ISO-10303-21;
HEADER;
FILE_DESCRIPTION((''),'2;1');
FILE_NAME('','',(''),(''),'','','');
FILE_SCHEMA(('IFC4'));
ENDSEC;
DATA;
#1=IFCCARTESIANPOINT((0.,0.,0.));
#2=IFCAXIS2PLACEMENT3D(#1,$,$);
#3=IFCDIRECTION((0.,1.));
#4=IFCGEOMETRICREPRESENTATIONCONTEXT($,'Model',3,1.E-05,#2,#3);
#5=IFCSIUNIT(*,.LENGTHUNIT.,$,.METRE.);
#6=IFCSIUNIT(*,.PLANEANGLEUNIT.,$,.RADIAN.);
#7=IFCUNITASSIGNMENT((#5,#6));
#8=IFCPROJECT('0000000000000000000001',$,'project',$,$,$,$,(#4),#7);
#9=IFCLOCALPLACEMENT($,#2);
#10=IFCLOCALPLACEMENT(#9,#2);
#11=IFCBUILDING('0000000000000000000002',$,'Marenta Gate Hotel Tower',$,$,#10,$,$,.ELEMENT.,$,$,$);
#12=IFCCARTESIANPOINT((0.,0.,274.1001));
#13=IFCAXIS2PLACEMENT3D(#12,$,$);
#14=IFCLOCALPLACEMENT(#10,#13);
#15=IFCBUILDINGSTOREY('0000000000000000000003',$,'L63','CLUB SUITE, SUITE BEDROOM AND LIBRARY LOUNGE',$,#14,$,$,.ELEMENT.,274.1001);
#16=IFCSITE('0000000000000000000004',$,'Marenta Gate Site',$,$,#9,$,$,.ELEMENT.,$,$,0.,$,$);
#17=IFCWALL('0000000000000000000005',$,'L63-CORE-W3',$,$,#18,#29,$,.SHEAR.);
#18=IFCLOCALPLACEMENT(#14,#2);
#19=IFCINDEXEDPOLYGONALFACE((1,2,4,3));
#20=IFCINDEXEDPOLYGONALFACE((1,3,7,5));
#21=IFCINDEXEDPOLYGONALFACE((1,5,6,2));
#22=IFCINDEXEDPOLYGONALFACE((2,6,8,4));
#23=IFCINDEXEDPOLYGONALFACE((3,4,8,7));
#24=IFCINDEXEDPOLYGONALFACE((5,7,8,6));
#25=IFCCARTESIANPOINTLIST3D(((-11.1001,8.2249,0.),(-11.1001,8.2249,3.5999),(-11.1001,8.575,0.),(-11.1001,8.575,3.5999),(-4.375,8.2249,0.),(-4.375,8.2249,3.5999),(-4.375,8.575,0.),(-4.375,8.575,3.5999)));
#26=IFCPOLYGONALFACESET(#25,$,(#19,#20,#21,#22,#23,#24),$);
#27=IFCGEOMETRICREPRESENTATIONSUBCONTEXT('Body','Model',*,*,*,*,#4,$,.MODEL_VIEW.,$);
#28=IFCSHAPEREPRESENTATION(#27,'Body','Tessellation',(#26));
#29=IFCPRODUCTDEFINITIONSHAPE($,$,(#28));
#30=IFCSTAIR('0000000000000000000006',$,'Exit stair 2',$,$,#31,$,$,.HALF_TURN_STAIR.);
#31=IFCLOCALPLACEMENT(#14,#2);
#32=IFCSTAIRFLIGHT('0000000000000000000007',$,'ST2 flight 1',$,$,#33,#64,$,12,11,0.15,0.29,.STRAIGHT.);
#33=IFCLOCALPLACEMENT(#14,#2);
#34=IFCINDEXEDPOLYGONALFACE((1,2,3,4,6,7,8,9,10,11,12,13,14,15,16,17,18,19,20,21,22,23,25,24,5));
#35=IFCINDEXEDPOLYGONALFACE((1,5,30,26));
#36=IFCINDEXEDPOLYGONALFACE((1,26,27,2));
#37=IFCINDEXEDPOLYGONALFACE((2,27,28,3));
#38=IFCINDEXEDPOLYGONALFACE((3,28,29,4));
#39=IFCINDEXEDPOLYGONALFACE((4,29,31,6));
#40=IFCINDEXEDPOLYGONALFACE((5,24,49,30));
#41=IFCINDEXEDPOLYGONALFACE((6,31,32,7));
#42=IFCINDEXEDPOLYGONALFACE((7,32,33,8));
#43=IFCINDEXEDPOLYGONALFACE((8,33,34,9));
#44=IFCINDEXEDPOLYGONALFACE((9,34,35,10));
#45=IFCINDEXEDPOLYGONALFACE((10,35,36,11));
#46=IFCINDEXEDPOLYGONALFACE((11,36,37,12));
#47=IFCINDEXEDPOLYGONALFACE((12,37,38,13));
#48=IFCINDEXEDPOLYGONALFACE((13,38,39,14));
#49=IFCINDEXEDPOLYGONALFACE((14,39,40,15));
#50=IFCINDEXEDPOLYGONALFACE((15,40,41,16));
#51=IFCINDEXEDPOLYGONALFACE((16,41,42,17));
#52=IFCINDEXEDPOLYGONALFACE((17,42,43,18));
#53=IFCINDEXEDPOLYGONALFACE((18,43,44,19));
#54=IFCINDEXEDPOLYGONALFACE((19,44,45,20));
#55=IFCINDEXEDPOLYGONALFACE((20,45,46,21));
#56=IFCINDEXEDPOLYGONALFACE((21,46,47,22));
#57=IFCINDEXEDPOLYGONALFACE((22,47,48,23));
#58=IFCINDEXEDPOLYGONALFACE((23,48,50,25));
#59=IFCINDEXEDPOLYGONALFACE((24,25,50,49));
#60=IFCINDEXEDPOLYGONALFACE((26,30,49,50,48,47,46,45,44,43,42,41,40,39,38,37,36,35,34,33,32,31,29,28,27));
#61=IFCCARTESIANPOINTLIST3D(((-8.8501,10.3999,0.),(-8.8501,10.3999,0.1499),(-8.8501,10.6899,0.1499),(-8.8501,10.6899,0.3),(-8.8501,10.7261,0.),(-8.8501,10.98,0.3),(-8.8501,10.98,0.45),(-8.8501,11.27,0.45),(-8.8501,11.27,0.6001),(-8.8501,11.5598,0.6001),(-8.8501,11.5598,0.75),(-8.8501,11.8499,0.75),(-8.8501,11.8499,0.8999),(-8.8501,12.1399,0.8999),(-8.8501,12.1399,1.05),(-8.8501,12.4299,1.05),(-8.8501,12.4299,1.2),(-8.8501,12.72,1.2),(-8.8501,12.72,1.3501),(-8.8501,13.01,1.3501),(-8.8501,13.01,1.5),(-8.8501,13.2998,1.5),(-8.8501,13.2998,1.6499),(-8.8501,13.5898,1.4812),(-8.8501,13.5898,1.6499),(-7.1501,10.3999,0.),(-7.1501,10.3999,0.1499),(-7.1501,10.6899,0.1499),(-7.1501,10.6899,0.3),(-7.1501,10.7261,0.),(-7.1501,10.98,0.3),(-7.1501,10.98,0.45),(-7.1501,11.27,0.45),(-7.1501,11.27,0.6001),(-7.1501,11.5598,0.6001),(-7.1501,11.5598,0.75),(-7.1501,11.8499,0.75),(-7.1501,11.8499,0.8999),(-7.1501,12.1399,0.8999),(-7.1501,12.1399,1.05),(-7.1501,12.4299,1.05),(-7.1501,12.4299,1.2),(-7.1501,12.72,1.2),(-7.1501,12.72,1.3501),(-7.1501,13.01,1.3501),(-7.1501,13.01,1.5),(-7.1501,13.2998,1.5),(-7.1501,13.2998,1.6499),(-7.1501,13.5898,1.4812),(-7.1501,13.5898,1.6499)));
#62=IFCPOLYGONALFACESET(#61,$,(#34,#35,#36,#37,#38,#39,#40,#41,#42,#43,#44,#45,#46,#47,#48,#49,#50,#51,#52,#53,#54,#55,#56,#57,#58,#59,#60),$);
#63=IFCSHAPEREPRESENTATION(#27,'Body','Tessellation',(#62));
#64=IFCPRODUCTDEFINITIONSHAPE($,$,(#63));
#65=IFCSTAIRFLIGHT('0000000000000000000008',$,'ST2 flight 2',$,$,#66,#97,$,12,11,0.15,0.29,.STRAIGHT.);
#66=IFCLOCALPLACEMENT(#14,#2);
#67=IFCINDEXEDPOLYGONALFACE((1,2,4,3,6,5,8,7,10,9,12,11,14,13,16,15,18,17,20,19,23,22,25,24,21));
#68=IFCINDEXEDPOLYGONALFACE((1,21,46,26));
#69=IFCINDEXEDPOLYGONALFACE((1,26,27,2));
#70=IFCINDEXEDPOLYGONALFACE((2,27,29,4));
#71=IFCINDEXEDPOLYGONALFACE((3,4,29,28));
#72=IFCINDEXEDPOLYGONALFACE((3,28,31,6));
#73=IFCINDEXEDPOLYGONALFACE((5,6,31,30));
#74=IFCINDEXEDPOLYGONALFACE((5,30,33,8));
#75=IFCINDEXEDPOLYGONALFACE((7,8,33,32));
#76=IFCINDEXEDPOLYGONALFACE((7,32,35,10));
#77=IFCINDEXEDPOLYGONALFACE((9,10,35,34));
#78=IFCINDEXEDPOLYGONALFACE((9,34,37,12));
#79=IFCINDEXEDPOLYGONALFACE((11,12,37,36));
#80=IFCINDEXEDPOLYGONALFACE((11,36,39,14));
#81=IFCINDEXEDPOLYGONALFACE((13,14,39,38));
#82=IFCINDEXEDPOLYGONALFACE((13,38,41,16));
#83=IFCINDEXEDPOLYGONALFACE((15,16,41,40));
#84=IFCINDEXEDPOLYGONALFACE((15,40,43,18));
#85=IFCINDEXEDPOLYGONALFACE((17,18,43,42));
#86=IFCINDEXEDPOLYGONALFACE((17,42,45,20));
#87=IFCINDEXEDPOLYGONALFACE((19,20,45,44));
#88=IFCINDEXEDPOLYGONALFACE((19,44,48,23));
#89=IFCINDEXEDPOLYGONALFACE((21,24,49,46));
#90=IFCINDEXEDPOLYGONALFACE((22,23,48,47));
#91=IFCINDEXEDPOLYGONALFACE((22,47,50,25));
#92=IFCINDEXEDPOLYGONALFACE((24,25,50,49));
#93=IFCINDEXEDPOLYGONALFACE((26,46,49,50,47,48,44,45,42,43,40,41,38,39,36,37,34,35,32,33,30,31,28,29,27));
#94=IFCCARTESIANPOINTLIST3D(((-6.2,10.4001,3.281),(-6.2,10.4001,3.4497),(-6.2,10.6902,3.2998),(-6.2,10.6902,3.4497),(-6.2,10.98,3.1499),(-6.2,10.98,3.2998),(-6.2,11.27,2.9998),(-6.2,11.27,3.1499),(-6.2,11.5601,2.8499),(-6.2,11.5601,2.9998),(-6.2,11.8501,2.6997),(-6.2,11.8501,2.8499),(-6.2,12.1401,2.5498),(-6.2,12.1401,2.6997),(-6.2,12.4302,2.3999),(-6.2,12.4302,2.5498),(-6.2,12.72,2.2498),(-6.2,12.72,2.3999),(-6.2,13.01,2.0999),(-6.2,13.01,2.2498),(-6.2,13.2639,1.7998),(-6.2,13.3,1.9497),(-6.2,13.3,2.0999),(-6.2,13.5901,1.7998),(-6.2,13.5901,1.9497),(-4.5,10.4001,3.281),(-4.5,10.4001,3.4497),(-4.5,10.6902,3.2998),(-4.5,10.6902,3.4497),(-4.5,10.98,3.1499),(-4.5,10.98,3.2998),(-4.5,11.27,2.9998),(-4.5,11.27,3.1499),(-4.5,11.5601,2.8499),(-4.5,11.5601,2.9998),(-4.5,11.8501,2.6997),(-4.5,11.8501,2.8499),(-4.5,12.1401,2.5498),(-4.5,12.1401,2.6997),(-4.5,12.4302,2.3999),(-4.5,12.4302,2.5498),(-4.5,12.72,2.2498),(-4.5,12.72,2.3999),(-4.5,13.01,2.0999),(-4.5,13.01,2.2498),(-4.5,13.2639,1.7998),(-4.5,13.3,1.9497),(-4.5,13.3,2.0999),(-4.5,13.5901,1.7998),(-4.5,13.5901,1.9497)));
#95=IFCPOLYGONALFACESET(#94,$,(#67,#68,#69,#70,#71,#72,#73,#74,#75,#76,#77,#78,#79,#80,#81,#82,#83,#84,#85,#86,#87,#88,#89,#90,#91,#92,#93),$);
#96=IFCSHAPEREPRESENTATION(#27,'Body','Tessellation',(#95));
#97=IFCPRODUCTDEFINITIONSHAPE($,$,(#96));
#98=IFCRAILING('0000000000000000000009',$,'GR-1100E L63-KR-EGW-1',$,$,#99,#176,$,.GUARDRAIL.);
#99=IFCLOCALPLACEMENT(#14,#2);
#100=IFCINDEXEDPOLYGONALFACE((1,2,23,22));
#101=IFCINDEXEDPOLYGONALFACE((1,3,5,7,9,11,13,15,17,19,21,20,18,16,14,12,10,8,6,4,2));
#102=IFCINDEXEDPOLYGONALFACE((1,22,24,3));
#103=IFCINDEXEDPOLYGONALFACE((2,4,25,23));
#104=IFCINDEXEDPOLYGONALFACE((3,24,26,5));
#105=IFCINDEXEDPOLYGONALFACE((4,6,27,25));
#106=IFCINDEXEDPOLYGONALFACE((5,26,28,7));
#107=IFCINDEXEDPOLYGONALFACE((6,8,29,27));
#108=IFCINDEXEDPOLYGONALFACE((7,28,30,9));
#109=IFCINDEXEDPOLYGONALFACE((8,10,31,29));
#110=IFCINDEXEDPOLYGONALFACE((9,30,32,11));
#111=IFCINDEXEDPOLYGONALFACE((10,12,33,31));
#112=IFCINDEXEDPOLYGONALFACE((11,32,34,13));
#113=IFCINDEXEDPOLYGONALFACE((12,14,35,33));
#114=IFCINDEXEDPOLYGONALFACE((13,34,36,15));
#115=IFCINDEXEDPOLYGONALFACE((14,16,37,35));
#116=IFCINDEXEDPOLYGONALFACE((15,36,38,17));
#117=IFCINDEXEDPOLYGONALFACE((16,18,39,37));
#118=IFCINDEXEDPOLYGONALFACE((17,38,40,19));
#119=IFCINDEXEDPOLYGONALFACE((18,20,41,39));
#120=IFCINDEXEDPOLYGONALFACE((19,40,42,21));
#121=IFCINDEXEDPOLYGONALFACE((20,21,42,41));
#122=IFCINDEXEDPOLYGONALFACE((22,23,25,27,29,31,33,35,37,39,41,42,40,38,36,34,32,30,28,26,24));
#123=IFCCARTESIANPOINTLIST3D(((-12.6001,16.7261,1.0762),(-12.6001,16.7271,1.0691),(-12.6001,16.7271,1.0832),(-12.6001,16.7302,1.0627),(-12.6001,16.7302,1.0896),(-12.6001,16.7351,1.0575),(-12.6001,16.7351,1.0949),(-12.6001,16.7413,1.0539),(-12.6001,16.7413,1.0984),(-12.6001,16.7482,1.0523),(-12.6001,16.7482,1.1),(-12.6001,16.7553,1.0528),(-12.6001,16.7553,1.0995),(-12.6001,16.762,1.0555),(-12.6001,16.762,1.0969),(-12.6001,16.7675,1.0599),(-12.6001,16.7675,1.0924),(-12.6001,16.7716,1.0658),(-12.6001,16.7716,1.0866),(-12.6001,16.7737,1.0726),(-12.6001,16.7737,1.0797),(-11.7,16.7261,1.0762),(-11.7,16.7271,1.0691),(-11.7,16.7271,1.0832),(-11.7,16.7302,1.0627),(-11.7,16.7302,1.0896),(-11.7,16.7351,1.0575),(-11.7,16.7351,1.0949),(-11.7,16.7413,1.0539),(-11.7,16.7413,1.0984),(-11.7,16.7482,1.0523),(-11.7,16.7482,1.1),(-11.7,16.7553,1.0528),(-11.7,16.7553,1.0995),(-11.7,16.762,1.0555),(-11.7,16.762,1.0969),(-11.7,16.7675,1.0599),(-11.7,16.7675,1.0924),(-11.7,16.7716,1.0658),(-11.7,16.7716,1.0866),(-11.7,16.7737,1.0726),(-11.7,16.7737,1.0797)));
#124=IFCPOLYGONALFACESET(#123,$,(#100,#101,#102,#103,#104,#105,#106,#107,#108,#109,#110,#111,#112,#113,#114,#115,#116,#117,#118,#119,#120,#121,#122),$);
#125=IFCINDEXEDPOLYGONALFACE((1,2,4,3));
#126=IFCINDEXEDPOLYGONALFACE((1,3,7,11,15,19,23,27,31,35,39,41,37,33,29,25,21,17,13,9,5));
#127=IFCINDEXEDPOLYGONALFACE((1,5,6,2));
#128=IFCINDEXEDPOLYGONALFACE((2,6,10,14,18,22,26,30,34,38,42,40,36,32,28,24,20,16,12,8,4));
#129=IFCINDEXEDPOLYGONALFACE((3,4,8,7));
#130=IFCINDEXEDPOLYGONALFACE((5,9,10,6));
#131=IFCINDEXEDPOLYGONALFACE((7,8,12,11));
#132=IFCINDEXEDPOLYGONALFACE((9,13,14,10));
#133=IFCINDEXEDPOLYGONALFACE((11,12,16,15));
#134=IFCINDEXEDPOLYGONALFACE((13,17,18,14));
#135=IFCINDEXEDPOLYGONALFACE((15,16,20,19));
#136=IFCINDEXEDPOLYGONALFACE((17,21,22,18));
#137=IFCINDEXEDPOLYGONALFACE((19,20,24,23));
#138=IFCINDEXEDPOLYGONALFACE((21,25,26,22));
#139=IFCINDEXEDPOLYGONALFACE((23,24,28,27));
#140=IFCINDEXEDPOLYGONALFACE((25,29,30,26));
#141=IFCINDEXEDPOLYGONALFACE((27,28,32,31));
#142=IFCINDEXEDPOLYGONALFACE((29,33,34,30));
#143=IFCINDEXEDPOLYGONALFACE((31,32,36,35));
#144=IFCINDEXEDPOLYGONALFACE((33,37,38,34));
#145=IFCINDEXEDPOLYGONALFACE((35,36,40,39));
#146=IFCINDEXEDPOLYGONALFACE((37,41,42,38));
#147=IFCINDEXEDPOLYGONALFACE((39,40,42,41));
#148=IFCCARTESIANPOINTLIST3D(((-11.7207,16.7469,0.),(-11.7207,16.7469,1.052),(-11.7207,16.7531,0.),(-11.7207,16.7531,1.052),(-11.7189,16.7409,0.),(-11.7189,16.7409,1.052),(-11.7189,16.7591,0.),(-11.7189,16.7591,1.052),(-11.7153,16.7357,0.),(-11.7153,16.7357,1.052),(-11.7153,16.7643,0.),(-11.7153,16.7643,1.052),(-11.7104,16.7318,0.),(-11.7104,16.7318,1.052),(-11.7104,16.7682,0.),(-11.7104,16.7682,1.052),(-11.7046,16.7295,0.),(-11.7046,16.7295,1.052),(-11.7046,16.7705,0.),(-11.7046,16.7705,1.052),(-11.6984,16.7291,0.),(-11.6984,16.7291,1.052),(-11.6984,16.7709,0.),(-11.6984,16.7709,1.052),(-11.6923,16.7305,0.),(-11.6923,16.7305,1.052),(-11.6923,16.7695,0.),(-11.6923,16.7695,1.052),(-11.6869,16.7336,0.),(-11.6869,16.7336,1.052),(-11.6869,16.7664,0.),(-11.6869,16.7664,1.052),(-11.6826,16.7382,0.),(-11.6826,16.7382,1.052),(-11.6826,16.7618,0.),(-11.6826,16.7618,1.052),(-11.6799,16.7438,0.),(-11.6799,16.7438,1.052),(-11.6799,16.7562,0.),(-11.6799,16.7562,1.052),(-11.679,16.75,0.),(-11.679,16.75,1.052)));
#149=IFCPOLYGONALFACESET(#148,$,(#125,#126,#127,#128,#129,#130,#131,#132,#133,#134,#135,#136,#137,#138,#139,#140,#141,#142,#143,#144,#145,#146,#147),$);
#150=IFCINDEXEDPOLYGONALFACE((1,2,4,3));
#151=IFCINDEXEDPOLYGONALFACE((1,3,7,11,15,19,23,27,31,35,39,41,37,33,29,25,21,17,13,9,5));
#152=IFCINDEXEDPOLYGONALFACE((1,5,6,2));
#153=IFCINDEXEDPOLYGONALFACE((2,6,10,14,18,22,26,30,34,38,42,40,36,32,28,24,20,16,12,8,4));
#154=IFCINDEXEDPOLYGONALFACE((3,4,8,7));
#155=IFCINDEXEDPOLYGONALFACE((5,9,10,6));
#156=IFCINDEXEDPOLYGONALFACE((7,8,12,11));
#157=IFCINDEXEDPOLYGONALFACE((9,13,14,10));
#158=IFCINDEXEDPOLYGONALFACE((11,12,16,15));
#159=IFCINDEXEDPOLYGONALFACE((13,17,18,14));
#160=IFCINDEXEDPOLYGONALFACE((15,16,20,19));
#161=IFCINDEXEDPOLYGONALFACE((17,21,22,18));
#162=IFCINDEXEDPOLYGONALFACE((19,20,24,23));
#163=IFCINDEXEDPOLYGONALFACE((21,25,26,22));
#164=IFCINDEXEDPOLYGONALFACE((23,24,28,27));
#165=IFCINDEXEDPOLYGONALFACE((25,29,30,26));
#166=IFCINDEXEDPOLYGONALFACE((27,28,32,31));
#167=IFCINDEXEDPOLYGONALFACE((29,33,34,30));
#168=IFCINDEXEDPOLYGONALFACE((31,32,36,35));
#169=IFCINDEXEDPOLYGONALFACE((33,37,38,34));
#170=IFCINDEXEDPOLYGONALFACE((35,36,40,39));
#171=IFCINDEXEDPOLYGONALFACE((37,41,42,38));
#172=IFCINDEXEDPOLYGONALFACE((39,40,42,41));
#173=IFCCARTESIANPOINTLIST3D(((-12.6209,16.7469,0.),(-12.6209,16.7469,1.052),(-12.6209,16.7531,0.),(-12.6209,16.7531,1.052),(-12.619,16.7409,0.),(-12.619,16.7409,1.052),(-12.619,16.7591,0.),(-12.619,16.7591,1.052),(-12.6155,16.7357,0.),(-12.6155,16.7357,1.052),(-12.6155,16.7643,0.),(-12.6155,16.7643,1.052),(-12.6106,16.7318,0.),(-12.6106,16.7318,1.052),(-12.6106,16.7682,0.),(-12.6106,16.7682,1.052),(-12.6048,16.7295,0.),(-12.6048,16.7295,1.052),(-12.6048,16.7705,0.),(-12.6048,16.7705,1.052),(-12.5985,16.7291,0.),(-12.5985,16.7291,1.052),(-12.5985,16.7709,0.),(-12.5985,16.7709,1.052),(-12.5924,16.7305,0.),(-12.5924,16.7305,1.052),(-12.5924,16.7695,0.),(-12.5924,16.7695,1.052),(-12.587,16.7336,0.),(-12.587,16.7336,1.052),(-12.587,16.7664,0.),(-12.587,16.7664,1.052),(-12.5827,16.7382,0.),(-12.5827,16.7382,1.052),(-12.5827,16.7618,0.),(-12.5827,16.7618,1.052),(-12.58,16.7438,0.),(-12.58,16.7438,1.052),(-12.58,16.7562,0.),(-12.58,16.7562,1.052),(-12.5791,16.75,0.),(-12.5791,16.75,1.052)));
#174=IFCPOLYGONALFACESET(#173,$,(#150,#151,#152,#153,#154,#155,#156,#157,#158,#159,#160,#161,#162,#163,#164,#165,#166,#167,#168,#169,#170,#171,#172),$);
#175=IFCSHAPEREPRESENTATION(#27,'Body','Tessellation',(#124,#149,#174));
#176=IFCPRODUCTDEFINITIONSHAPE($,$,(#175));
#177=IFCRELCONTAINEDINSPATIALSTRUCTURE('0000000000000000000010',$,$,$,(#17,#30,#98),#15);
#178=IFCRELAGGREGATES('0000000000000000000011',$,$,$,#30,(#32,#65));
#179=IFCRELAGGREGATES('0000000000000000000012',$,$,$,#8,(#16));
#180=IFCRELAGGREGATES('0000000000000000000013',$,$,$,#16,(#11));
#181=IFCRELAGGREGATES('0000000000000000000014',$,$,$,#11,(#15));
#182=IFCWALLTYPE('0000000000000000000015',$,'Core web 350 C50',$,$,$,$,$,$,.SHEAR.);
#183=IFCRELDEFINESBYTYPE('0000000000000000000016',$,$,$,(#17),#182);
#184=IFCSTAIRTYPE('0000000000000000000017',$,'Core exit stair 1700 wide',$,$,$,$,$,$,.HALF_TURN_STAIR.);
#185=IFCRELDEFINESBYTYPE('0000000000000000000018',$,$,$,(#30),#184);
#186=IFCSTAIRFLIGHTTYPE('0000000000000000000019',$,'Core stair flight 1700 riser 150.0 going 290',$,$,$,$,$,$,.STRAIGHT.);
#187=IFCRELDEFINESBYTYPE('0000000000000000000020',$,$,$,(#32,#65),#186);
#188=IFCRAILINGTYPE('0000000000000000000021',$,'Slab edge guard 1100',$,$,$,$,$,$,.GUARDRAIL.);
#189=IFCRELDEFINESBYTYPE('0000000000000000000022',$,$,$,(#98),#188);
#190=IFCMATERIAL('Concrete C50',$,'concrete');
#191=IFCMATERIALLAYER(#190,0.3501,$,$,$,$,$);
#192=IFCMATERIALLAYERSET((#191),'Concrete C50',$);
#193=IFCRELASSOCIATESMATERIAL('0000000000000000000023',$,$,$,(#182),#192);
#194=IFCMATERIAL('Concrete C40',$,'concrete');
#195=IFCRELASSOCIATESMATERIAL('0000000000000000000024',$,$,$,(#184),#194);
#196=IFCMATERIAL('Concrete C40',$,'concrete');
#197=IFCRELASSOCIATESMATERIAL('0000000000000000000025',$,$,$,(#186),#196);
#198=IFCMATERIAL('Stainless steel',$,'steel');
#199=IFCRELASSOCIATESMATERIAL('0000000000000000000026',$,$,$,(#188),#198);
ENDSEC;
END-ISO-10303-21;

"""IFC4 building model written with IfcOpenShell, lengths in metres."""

from ifc_helpers import new_model, si_unit, direction, frame, frame_2d, origin, origin_2d, place, context, subcontext, project, spatial, polyline, rectangle, circle, outline, extrude, material, layer, layer_set, type_object, element, aggregate, save


model = new_model("IFC4")

# Units and contexts
model_context = context("Model", 3, precision=1e-05, world=origin(), true_north=direction((0.0, 1.0)))
body_context = subcontext(model_context, "Body", "Model", "MODEL_VIEW")
ifc_project = project(units=[si_unit("LENGTHUNIT", "METRE"), si_unit("PLANEANGLEUNIT", "RADIAN")], contexts=[model_context])

# Site, building, storey
site_placement = place(None, origin())
site = spatial("IfcSite", under=ifc_project, at=site_placement, Name="Marenta Gate Site", CompositionType="ELEMENT", RefElevation=0.0)
building_placement = place(site_placement, origin())
building = spatial("IfcBuilding", under=site, at=building_placement, Name="Marenta Gate Hotel Tower", CompositionType="ELEMENT")
storey_placement = place(building_placement, frame((0.0, 0.0, 274.1001)))
storey = spatial("IfcBuildingStorey", under=building, at=storey_placement, Name="L63", Description="CLUB SUITE, SUITE BEDROOM AND LIBRARY LOUNGE", CompositionType="ELEMENT", Elevation=274.1001)

# Wall
ifc_material_1 = material(Name="Concrete C50", Category="concrete")
ifc_layer_1 = layer(ifc_material_1, 0.3501)
ifc_layer_set_1 = layer_set([ifc_layer_1], Name="Concrete C50")
wall_type_1 = type_object("IfcWallType", Name="Core web 350 C50", PredefinedType="SHEAR", material=ifc_layer_set_1)
wall_1_placement = place(storey_placement, frame((-11.1001, 8.3999, 0.0), z_axis=(0.0, 0.0, 1.0), x_axis=(1.0, 0.0, 0.0)))
element("IfcWall", 1, at=wall_1_placement, inside=storey, type_object=wall_type_1, Name="L63-CORE-W3", PredefinedType="SHEAR", context=body_context, shape_type="SweptSolid", body=[
    extrude(rectangle(XDim=6.7251, YDim=0.3501, at=frame_2d((3.3625, 0.0))), origin(), (0.0, 0.0, 1.0), 3.5999),
])

# Stair, stair flights
ifc_material_2 = material(Name="Concrete C40", Category="concrete")
stair_type = type_object("IfcStairType", Name="Core exit stair 1700 wide", PredefinedType="HALF_TURN_STAIR", material=ifc_material_2)
stair_placement = place(storey_placement, origin())
stair = element("IfcStair", 2, at=stair_placement, inside=storey, type_object=stair_type, Name="Exit stair 2", PredefinedType="HALF_TURN_STAIR")
ifc_material_3 = material(Name="Concrete C40", Category="concrete")
stair_flight_type = type_object("IfcStairFlightType", Name="Core stair flight 1700 riser 150.0 going 290", PredefinedType="STRAIGHT", material=ifc_material_3)
stair_flight_1_placement = place(storey_placement, frame((-8.0, 10.3999, 0.0), z_axis=(0.0, 0.0, 1.0), x_axis=(0.0, 1.0, 0.0)))
stair_flight_1 = element("IfcStairFlight", 3, at=stair_flight_1_placement, type_object=stair_flight_type, Name="ST2 flight 1", NumberOfRisers=12, NumberOfTreads=11, PredefinedType="STRAIGHT", RiserHeight=0.15, TreadLength=0.29, context=body_context, shape_type="SweptSolid", body=[
    extrude(outline(polyline([(0.0, 0.0), (0.0, 0.1499), (0.29, 0.1499), (0.29, 0.3), (0.5801, 0.3), (0.5801, 0.45), (0.8701, 0.45), (0.8701, 0.6001), (1.1599, 0.6001), (1.1599, 0.75), (1.45, 0.75), (1.45, 0.8999), (1.74, 0.8999), (1.74, 1.05), (2.03, 1.05), (2.03, 1.2), (2.3201, 1.2), (2.3201, 1.3501), (2.6101, 1.3501), (2.6101, 1.5), (2.8999, 1.5), (2.8999, 1.6499), (3.1899, 1.6499), (3.1899, 1.8), (3.1899, 1.4812), (0.3262, 0.0), (0.0, 0.0)])), frame((0.0, 0.8501, 0.0), z_axis=(0.0, -1.0, 0.0), x_axis=(1.0, 0.0, 0.0)), (0.0, 0.0, 1.0), 1.7),
])
stair_flight_2_placement = place(storey_placement, frame((-5.3501, 13.5901, 1.7998), z_axis=(0.0, 0.0, 1.0), x_axis=(0.0, -1.0, 0.0)))
stair_flight_2 = element("IfcStairFlight", 4, at=stair_flight_2_placement, type_object=stair_flight_type, Name="ST2 flight 2", NumberOfRisers=12, NumberOfTreads=11, PredefinedType="STRAIGHT", RiserHeight=0.15, TreadLength=0.29, context=body_context, shape_type="SweptSolid", body=[
    extrude(outline(polyline([(0.0, 0.0), (0.0, 0.1499), (0.29, 0.1499), (0.29, 0.3), (0.5801, 0.3), (0.5801, 0.45), (0.8701, 0.45), (0.8701, 0.6001), (1.1599, 0.6001), (1.1599, 0.75), (1.45, 0.75), (1.45, 0.8999), (1.74, 0.8999), (1.74, 1.05), (2.03, 1.05), (2.03, 1.2), (2.3201, 1.2), (2.3201, 1.3501), (2.6101, 1.3501), (2.6101, 1.5), (2.8999, 1.5), (2.8999, 1.6499), (3.1899, 1.6499), (3.1899, 1.8), (3.1899, 1.4812), (0.3262, 0.0), (0.0, 0.0)])), frame((0.0, 0.8501, 0.0), z_axis=(0.0, -1.0, 0.0), x_axis=(1.0, 0.0, 0.0)), (0.0, 0.0, 1.0), 1.7),
])
aggregate(stair, [stair_flight_1, stair_flight_2])

# Railing
ifc_material_4 = material(Name="Stainless steel", Category="steel")
railing_type_1 = type_object("IfcRailingType", Name="Slab edge guard 1100", PredefinedType="GUARDRAIL", material=ifc_material_4)
railing_1_placement = place(storey_placement, frame((-11.7, 16.75, 0.0)))
element("IfcRailing", 5, at=railing_1_placement, inside=storey, type_object=railing_type_1, Name="GR-1100E L63-KR-EGW-1", PredefinedType="GUARDRAIL", context=body_context, shape_type="SweptSolid", body=[
    extrude(circle(Radius=0.0239, at=origin_2d()), frame((0.0, 0.0, 1.0762), z_axis=(-1.0, 0.0, 0.0), x_axis=(0.0, -1.0, 0.0)), (0.0, 0.0, 1.0), 0.9001),
    extrude(circle(Radius=0.021, at=origin_2d()), origin(), (0.0, 0.0, 1.0), 1.052),
    extrude(circle(Radius=0.021, at=origin_2d()), frame((-0.9001, 0.0, 0.0)), (0.0, 0.0, 1.0), 1.052),
])

save(model, "model.ifc")
